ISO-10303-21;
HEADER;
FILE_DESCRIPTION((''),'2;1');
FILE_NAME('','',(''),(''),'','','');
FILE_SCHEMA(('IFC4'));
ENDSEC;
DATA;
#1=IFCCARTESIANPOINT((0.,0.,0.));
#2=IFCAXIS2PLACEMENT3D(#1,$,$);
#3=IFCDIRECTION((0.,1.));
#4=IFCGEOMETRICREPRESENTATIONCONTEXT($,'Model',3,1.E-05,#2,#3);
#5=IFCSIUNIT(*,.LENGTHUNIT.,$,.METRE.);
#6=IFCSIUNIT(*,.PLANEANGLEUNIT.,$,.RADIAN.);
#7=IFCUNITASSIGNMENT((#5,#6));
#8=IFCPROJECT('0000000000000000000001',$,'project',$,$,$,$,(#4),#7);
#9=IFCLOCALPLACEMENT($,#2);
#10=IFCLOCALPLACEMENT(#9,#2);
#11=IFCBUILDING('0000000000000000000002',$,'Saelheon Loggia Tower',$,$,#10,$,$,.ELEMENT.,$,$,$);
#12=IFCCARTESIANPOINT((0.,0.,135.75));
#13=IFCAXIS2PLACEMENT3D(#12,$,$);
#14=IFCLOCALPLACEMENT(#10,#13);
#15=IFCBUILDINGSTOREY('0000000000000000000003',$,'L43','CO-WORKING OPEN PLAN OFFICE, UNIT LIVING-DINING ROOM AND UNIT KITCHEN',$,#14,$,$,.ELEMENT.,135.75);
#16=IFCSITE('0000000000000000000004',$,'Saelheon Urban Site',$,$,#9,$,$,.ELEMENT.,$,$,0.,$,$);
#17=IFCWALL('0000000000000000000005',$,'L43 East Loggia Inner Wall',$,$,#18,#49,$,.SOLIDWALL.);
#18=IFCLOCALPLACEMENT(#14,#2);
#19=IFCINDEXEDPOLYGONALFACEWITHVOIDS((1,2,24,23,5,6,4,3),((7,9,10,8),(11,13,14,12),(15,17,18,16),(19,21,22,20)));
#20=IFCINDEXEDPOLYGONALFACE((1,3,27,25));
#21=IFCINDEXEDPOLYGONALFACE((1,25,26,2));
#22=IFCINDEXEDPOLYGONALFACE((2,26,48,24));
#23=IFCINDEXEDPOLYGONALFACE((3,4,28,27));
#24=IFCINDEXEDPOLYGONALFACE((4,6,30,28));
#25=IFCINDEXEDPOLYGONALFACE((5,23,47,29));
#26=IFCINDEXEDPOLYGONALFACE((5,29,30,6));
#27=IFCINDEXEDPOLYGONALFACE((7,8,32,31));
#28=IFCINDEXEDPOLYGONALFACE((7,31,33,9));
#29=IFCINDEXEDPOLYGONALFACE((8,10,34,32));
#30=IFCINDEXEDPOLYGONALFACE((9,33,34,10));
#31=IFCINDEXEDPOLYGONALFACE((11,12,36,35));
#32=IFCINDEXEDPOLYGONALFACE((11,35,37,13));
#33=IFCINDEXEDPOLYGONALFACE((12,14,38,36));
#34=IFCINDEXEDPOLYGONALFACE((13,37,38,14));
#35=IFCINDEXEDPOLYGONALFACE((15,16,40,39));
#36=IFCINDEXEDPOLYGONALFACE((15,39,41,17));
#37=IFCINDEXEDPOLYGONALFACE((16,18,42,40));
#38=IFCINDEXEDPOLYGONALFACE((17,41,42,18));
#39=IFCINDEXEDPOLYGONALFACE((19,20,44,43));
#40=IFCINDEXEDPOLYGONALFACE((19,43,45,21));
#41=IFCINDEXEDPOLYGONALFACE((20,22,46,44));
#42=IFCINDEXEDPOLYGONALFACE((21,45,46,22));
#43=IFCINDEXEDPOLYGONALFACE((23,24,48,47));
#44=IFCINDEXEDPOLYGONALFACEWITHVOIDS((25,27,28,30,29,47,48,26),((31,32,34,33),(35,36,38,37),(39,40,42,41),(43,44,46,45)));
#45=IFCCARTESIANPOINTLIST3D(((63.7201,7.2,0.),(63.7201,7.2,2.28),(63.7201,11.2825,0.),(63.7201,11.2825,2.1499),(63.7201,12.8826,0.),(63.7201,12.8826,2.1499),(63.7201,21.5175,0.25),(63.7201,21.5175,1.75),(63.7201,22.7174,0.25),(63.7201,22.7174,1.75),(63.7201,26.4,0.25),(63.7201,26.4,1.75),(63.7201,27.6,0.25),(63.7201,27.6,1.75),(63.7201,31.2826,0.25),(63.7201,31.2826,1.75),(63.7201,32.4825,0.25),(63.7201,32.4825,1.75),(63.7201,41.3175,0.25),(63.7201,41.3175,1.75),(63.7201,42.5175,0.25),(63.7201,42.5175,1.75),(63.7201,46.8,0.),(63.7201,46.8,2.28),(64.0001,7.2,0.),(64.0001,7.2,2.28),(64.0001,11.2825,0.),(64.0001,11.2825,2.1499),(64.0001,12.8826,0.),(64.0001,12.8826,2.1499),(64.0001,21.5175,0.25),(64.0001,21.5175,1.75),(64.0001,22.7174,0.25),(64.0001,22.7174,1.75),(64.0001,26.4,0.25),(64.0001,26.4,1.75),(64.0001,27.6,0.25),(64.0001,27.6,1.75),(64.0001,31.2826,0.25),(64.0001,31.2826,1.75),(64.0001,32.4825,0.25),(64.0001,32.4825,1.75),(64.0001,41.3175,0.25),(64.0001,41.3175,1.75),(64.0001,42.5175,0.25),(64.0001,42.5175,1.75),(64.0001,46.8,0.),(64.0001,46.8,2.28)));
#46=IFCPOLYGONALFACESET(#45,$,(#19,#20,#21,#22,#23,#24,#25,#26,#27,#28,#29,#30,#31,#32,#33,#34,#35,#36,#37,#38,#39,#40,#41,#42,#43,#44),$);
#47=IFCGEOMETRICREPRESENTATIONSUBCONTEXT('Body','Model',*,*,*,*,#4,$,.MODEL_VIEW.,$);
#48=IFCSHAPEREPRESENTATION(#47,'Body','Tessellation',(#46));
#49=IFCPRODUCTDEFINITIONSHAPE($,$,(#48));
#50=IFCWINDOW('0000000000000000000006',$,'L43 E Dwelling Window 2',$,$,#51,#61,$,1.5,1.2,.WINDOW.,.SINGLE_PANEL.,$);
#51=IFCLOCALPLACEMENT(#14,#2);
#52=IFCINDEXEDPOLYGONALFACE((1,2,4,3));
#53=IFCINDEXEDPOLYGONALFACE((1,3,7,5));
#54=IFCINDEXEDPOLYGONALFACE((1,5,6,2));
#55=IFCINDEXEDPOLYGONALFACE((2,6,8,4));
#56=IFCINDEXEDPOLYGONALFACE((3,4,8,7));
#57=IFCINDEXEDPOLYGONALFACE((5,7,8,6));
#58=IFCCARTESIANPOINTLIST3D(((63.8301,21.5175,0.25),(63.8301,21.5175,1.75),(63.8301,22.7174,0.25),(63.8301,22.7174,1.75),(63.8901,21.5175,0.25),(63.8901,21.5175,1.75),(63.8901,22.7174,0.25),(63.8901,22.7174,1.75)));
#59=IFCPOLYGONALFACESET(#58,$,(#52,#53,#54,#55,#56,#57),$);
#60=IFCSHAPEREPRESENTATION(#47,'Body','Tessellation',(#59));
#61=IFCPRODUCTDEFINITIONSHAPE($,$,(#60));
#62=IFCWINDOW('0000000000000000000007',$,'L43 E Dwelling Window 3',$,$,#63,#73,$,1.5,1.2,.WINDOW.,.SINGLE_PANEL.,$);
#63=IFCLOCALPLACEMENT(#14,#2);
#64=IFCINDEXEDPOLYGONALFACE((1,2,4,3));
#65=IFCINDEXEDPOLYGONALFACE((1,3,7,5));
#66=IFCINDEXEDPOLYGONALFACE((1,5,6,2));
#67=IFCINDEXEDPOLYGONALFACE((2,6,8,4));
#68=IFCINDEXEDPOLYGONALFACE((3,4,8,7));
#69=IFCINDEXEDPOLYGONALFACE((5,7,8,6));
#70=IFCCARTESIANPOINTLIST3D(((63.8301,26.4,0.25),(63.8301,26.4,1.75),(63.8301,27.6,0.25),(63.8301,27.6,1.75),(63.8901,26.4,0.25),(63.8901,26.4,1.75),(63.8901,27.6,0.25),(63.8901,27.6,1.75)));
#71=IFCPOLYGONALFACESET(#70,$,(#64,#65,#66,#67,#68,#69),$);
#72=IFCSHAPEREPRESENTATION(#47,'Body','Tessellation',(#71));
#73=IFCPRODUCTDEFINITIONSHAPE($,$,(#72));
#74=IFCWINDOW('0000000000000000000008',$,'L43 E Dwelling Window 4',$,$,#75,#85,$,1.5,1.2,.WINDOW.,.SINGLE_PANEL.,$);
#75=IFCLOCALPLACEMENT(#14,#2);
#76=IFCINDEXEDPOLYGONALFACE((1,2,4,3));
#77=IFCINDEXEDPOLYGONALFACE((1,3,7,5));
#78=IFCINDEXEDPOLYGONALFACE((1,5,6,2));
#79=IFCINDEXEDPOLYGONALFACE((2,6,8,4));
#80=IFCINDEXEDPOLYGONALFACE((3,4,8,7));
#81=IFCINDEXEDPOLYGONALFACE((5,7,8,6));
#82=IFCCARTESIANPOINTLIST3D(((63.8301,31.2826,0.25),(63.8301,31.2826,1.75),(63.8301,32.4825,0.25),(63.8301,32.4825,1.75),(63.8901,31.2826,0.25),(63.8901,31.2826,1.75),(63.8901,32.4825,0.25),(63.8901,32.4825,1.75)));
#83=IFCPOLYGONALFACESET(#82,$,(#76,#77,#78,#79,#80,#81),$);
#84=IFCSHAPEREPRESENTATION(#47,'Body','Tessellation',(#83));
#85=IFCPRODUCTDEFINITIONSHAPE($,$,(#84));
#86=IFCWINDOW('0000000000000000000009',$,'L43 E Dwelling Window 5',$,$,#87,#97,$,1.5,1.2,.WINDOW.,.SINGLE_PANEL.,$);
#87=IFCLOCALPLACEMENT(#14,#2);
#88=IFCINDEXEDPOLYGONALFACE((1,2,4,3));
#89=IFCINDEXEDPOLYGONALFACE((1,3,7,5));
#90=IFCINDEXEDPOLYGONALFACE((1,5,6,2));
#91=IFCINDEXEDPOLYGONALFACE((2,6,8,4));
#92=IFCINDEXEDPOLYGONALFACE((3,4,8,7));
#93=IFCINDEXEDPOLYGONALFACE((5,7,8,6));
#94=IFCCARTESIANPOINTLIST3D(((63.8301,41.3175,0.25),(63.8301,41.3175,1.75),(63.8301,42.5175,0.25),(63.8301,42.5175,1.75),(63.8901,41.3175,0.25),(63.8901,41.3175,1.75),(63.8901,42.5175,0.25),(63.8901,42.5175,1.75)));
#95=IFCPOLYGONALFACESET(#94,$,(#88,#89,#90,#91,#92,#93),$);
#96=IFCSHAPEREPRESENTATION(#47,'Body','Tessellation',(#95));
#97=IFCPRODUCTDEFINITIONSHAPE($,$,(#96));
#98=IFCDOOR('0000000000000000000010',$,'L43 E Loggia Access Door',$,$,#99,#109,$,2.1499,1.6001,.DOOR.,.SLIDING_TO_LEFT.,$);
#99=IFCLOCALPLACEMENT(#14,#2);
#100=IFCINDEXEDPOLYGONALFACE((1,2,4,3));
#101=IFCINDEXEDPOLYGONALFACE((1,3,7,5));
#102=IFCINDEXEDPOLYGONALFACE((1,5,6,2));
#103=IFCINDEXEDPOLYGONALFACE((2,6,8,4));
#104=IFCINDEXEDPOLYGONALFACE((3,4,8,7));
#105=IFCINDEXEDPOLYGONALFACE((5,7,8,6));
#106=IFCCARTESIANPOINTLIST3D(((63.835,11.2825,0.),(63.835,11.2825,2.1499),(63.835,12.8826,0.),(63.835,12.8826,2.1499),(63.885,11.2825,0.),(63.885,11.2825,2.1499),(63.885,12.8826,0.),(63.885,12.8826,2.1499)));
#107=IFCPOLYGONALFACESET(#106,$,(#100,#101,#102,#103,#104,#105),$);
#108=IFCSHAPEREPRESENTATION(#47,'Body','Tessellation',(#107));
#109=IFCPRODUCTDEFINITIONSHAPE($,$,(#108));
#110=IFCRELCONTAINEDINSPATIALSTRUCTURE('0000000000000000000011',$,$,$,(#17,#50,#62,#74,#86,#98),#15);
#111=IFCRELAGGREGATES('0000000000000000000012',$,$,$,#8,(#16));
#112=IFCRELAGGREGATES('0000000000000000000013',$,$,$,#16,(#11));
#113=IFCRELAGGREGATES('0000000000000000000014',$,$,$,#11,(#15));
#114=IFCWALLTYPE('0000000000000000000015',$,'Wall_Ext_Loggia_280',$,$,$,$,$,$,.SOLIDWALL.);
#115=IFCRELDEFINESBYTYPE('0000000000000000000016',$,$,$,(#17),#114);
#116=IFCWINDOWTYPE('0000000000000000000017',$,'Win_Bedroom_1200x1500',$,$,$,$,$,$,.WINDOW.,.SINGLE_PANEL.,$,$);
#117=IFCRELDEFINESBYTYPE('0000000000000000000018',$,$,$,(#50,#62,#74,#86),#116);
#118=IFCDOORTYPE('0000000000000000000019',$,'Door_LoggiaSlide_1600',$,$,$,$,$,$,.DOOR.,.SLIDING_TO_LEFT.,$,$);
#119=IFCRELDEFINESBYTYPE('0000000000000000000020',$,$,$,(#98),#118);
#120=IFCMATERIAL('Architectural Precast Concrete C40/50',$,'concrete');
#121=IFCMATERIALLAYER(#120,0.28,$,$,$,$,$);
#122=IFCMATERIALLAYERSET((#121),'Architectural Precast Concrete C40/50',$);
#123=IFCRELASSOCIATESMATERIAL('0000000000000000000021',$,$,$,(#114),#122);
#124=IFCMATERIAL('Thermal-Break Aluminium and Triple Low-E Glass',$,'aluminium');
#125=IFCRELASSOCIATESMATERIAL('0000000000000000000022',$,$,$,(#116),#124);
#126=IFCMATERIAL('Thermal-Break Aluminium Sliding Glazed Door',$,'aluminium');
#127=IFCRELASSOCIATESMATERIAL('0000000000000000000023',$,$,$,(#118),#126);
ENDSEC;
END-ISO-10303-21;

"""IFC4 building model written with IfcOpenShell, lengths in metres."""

from ifc_helpers import new_model, si_unit, direction, frame, frame_2d, origin, place, context, subcontext, project, spatial, rectangle, extrude, source, transform, mapped, material, layer, layer_set, type_object, element, fill, save


model = new_model("IFC4")

# Units and contexts
model_context = context("Model", 3, precision=1e-05, world=origin(), true_north=direction((0.0, 1.0)))
body_context = subcontext(model_context, "Body", "Model", "MODEL_VIEW")
ifc_project = project(units=[si_unit("LENGTHUNIT", "METRE"), si_unit("PLANEANGLEUNIT", "RADIAN")], contexts=[model_context])

# Site, building, storey
site_placement = place(None, origin())
site = spatial("IfcSite", under=ifc_project, at=site_placement, Name="Saelheon Urban Site", CompositionType="ELEMENT", RefElevation=0.0)
building_placement = place(site_placement, origin())
building = spatial("IfcBuilding", under=site, at=building_placement, Name="Saelheon Loggia Tower", CompositionType="ELEMENT")
storey_placement = place(building_placement, frame((0.0, 0.0, 135.75)))
storey = spatial("IfcBuildingStorey", under=building, at=storey_placement, Name="L43", Description="CO-WORKING OPEN PLAN OFFICE, UNIT LIVING-DINING ROOM AND UNIT KITCHEN", CompositionType="ELEMENT", Elevation=135.75)

# Wall, openings, windows, door
ifc_material_1 = material(Name="Architectural Precast Concrete C40/50", Category="concrete")
ifc_layer_1 = layer(ifc_material_1, 0.28)
ifc_layer_set_1 = layer_set([ifc_layer_1], Name="Architectural Precast Concrete C40/50")
wall_type = type_object("IfcWallType", Name="Wall_Ext_Loggia_280", PredefinedType="SOLIDWALL", material=ifc_layer_set_1)
wall_placement = place(storey_placement, frame((63.8601, 7.2, 0.0), z_axis=(0.0, 0.0, 1.0), x_axis=(0.0, 1.0, 0.0)))
wall = element("IfcWall", 1, at=wall_placement, inside=storey, type_object=wall_type, Name="L43 East Loggia Inner Wall", PredefinedType="SOLIDWALL", context=body_context, shape_type="SweptSolid", body=[
    extrude(rectangle(XDim=39.6001, YDim=0.28, at=frame_2d((19.8, 0.0))), origin(), (0.0, 0.0, 1.0), 2.28),
])
opening_1_placement = place(wall_placement, frame((5.6826, 0.0, 0.0), z_axis=(0.0, 0.0, 1.0), x_axis=(-1.0, 0.0, 0.0)))
opening_1 = element("IfcOpeningElement", 2, at=opening_1_placement, cuts=wall, PredefinedType="OPENING", context=body_context, shape_type="SweptSolid", body=[
    extrude(rectangle(XDim=1.6001, YDim=2.1499, at=frame_2d((0.8, 1.075))), frame((0.0, 0.1521, 0.0), z_axis=(0.0, -1.0, 0.0), x_axis=(1.0, 0.0, 0.0)), (0.0, 0.0, 1.0), 0.304),
])
opening_2_placement = place(wall_placement, frame((14.3174, 0.0, 0.25)))
opening_2 = element("IfcOpeningElement", 3, at=opening_2_placement, cuts=wall, PredefinedType="OPENING", context=body_context, shape_type="SweptSolid", body=[
    extrude(rectangle(XDim=1.2, YDim=1.5, at=frame_2d((0.6001, 0.75))), frame((0.0, 0.1521, 0.0), z_axis=(0.0, -1.0, 0.0), x_axis=(1.0, 0.0, 0.0)), (0.0, 0.0, 1.0), 0.304),
])
opening_3_placement = place(wall_placement, frame((19.2, 0.0, 0.25)))
opening_3 = element("IfcOpeningElement", 4, at=opening_3_placement, cuts=wall, PredefinedType="OPENING", context=body_context, shape_type="SweptSolid", body=[
    extrude(rectangle(XDim=1.2, YDim=1.5, at=frame_2d((0.6001, 0.75))), frame((0.0, 0.1521, 0.0), z_axis=(0.0, -1.0, 0.0), x_axis=(1.0, 0.0, 0.0)), (0.0, 0.0, 1.0), 0.304),
])
opening_4_placement = place(wall_placement, frame((24.0825, 0.0, 0.25)))
opening_4 = element("IfcOpeningElement", 5, at=opening_4_placement, cuts=wall, PredefinedType="OPENING", context=body_context, shape_type="SweptSolid", body=[
    extrude(rectangle(XDim=1.2, YDim=1.5, at=frame_2d((0.6001, 0.75))), frame((0.0, 0.1521, 0.0), z_axis=(0.0, -1.0, 0.0), x_axis=(1.0, 0.0, 0.0)), (0.0, 0.0, 1.0), 0.304),
])
opening_5_placement = place(wall_placement, frame((34.1174, 0.0, 0.25)))
opening_5 = element("IfcOpeningElement", 6, at=opening_5_placement, cuts=wall, PredefinedType="OPENING", context=body_context, shape_type="SweptSolid", body=[
    extrude(rectangle(XDim=1.2, YDim=1.5, at=frame_2d((0.6001, 0.75))), frame((0.0, 0.1521, 0.0), z_axis=(0.0, -1.0, 0.0), x_axis=(1.0, 0.0, 0.0)), (0.0, 0.0, 1.0), 0.304),
])
ifc_material_2 = material(Name="Thermal-Break Aluminium and Triple Low-E Glass", Category="aluminium")
window_type = type_object("IfcWindowType", Name="Win_Bedroom_1200x1500", PartitioningType="SINGLE_PANEL", PredefinedType="WINDOW", material=ifc_material_2)
shared_shape_1 = source(origin(), body_context, "Body", "SweptSolid", [
    extrude(rectangle(XDim=1.2, YDim=1.5, at=frame_2d((0.6001, 0.75))), frame((0.0, 0.03, 0.0), z_axis=(0.0, -1.0, 0.0), x_axis=(1.0, 0.0, 0.0)), (0.0, 0.0, 1.0), 0.0601),
])
window_1_placement = place(opening_2_placement, origin())
window_1 = element("IfcWindow", 7, at=window_1_placement, inside=storey, type_object=window_type, Name="L43 E Dwelling Window 2", OverallHeight=1.5, OverallWidth=1.2, PartitioningType="SINGLE_PANEL", PredefinedType="WINDOW", context=body_context, shape_type="MappedRepresentation", body=[
    mapped(shared_shape_1, transform((0.0, 0.0, 0.0), scale=1.0)),
])
fill(opening_2, window_1)
window_2_placement = place(opening_3_placement, origin())
window_2 = element("IfcWindow", 8, at=window_2_placement, inside=storey, type_object=window_type, Name="L43 E Dwelling Window 3", OverallHeight=1.5, OverallWidth=1.2, PartitioningType="SINGLE_PANEL", PredefinedType="WINDOW", context=body_context, shape_type="MappedRepresentation", body=[
    mapped(shared_shape_1, transform((0.0, 0.0, 0.0), scale=1.0)),
])
fill(opening_3, window_2)
window_3_placement = place(opening_4_placement, origin())
window_3 = element("IfcWindow", 9, at=window_3_placement, inside=storey, type_object=window_type, Name="L43 E Dwelling Window 4", OverallHeight=1.5, OverallWidth=1.2, PartitioningType="SINGLE_PANEL", PredefinedType="WINDOW", context=body_context, shape_type="MappedRepresentation", body=[
    mapped(shared_shape_1, transform((0.0, 0.0, 0.0), scale=1.0)),
])
fill(opening_4, window_3)
window_4_placement = place(opening_5_placement, origin())
window_4 = element("IfcWindow", 10, at=window_4_placement, inside=storey, type_object=window_type, Name="L43 E Dwelling Window 5", OverallHeight=1.5, OverallWidth=1.2, PartitioningType="SINGLE_PANEL", PredefinedType="WINDOW", context=body_context, shape_type="MappedRepresentation", body=[
    mapped(shared_shape_1, transform((0.0, 0.0, 0.0), scale=1.0)),
])
fill(opening_5, window_4)
ifc_material_3 = material(Name="Thermal-Break Aluminium Sliding Glazed Door", Category="aluminium")
door_type = type_object("IfcDoorType", Name="Door_LoggiaSlide_1600", OperationType="SLIDING_TO_LEFT", PredefinedType="DOOR", material=ifc_material_3)
shared_shape_2 = source(origin(), body_context, "Body", "SweptSolid", [
    extrude(rectangle(XDim=1.6001, YDim=2.1499, at=frame_2d((0.8, 1.075))), frame((0.0, 0.0249, 0.0), z_axis=(0.0, -1.0, 0.0), x_axis=(1.0, 0.0, 0.0)), (0.0, 0.0, 1.0), 0.05),
])
door_placement = place(opening_1_placement, origin())
door = element("IfcDoor", 11, at=door_placement, inside=storey, type_object=door_type, Name="L43 E Loggia Access Door", OperationType="SLIDING_TO_LEFT", OverallHeight=2.1499, OverallWidth=1.6001, PredefinedType="DOOR", context=body_context, shape_type="MappedRepresentation", body=[
    mapped(shared_shape_2, transform((0.0, 0.0, 0.0), scale=1.0)),
])
fill(opening_1, door)

save(model, "model.ifc")
